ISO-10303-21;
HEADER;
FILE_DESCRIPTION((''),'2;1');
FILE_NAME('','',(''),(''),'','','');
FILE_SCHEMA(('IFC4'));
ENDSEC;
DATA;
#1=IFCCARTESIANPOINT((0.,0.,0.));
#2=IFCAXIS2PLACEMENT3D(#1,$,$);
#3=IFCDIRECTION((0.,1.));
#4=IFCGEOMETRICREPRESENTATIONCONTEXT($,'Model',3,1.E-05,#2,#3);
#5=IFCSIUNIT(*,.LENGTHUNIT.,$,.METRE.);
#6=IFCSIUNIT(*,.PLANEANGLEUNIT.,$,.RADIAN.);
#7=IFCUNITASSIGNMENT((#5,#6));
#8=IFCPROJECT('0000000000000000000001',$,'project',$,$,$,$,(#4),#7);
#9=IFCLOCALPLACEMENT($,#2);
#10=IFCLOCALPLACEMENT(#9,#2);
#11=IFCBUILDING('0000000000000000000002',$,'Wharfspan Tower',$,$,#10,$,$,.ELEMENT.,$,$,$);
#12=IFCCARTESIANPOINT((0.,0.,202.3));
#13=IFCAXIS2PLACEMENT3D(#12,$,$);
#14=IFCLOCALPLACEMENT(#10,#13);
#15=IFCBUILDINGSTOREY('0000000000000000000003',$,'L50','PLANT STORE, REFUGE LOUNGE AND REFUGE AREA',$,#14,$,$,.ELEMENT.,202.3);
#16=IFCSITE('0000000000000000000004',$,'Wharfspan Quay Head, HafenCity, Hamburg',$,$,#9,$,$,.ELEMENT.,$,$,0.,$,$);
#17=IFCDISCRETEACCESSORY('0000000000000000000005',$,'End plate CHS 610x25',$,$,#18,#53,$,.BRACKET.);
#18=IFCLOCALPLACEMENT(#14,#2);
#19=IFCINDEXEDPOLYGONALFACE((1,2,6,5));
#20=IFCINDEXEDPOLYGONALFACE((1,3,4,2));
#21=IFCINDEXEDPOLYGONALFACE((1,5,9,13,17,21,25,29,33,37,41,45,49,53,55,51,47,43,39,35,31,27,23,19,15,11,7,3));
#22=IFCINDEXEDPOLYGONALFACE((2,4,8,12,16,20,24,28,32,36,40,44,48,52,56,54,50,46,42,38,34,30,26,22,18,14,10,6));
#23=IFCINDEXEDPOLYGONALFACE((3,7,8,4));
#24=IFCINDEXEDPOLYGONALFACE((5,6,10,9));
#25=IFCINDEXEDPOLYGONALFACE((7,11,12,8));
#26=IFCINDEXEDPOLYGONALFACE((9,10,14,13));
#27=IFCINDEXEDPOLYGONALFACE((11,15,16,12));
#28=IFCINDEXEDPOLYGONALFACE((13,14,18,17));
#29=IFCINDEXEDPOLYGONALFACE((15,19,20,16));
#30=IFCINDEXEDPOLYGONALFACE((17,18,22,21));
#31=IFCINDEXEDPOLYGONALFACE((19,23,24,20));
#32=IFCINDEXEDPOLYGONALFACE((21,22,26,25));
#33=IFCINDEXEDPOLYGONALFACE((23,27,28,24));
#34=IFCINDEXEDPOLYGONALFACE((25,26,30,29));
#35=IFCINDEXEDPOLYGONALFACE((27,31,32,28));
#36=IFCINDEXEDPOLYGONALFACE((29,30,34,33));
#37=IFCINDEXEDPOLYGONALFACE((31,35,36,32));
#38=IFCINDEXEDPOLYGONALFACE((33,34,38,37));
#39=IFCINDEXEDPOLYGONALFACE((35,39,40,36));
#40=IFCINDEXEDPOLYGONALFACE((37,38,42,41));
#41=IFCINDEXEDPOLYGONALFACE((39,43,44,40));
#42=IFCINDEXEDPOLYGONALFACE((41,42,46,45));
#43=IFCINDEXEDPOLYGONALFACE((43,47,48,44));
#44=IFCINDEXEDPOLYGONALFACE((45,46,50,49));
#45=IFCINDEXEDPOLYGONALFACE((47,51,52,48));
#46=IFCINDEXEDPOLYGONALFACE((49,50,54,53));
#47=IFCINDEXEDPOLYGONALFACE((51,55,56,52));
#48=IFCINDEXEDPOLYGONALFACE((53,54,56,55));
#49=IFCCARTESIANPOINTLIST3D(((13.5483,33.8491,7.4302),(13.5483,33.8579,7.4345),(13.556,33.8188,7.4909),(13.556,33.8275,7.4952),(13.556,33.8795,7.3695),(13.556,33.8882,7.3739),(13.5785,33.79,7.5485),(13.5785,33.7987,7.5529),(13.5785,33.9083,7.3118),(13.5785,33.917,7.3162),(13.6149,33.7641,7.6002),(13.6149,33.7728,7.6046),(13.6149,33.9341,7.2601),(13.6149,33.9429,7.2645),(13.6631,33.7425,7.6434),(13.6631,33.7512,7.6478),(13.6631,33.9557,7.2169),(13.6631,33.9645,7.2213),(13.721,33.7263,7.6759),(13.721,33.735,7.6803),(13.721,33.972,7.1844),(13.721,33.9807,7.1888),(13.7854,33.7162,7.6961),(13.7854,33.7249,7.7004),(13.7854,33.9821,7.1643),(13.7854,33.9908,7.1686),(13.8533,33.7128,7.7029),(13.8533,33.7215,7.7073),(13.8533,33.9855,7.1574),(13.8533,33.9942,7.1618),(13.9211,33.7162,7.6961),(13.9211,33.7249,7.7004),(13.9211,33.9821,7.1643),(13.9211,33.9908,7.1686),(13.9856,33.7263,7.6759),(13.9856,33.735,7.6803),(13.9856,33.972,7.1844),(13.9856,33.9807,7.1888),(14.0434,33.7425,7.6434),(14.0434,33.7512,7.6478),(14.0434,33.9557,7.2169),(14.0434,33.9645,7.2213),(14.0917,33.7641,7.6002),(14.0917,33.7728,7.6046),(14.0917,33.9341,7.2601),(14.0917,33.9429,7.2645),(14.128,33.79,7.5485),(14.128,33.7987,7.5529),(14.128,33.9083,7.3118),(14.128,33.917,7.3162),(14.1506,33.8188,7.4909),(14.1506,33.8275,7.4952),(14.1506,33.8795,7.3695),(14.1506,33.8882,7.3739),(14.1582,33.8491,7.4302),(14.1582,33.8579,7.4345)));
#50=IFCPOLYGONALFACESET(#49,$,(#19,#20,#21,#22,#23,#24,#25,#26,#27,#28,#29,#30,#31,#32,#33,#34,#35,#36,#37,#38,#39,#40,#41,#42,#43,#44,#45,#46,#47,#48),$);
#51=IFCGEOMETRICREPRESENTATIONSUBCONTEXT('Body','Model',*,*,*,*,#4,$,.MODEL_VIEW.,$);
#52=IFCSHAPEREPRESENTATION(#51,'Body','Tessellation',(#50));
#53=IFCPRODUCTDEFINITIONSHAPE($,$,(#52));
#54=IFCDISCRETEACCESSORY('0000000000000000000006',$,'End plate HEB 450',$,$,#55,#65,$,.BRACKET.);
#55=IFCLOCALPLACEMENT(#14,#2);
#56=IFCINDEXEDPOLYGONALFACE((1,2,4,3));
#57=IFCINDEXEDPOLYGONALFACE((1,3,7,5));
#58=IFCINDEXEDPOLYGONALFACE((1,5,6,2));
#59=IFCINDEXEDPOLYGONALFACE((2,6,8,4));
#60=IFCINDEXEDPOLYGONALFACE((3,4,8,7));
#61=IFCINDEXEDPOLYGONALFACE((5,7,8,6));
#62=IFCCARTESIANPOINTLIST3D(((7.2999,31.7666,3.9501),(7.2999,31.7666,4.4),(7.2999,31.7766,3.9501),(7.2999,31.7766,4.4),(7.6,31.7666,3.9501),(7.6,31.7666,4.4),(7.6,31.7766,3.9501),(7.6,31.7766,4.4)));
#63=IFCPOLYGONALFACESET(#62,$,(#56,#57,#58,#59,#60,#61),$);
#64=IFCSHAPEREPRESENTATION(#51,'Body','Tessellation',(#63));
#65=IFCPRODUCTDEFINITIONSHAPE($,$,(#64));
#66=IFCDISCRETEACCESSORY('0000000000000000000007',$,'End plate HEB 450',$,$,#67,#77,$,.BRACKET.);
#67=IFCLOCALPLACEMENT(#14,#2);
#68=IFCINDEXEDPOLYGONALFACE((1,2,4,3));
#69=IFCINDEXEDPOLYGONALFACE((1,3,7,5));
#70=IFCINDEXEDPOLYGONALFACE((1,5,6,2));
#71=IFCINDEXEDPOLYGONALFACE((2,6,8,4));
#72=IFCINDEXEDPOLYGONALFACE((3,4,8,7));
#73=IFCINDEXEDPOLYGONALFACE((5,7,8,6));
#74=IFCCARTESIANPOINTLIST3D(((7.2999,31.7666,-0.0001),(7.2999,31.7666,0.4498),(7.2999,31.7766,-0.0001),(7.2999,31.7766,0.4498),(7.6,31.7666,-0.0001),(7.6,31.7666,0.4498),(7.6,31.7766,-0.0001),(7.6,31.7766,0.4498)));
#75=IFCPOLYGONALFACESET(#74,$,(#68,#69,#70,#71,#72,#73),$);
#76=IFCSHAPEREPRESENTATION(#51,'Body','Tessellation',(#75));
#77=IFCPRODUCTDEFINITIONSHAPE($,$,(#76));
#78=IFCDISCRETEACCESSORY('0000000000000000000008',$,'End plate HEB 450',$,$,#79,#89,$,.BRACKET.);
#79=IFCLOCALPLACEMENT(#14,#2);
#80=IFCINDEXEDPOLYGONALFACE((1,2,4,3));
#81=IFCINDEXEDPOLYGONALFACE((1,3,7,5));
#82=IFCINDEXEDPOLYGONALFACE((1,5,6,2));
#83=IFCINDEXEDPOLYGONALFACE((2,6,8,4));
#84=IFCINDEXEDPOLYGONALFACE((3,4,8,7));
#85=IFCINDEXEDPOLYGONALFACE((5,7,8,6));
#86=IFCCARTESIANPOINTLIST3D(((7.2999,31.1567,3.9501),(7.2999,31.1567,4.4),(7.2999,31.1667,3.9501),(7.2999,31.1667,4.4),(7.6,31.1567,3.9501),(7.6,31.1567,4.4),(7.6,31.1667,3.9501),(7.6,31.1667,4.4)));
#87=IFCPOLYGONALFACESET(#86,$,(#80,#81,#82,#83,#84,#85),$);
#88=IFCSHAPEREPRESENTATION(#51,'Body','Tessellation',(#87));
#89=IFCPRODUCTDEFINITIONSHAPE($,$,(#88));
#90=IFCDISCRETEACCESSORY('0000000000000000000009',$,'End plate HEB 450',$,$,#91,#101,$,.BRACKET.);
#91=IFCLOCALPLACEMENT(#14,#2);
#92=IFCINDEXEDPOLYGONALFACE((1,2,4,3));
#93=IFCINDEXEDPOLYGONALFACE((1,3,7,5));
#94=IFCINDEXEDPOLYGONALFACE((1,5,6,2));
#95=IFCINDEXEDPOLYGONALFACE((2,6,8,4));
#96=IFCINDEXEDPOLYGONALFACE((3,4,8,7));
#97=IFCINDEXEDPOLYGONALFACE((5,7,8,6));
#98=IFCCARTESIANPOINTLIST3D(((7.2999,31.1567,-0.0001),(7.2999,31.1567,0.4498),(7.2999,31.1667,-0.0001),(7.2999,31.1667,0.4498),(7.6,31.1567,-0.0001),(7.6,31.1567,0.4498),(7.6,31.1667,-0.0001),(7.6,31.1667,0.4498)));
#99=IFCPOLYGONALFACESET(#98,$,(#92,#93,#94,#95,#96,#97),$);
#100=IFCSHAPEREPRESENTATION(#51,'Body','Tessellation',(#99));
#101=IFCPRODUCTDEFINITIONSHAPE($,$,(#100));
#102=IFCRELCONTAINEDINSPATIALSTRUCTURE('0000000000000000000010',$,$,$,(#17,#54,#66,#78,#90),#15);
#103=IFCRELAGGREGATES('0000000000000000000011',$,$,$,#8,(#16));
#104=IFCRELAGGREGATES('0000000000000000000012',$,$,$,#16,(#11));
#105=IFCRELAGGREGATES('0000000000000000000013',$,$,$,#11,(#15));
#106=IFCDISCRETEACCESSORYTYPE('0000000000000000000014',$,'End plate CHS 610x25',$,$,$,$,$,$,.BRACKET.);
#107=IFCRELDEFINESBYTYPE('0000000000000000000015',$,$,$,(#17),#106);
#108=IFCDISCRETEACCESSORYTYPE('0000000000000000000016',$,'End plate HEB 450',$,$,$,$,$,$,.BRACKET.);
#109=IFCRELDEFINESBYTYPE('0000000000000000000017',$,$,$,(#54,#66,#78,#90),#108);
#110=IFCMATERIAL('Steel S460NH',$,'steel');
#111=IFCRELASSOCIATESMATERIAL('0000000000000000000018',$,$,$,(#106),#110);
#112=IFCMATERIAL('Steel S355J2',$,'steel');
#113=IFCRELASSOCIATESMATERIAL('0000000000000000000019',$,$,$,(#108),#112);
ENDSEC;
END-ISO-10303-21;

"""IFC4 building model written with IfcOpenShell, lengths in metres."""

from ifc_helpers import new_model, si_unit, direction, frame, origin, origin_2d, place, context, subcontext, project, spatial, rectangle, circle, extrude, material, material_profile, profile_set, type_object, element, save


model = new_model("IFC4")

# Units and contexts
model_context = context("Model", 3, precision=1e-05, world=origin(), true_north=direction((0.0, 1.0)))
body_context = subcontext(model_context, "Body", "Model", "MODEL_VIEW")
ifc_project = project(units=[si_unit("LENGTHUNIT", "METRE"), si_unit("PLANEANGLEUNIT", "RADIAN")], contexts=[model_context])

# Site, building, storey
site_placement = place(None, origin())
site = spatial("IfcSite", under=ifc_project, at=site_placement, Name="Wharfspan Quay Head, HafenCity, Hamburg", CompositionType="ELEMENT", RefElevation=0.0)
building_placement = place(site_placement, origin())
building = spatial("IfcBuilding", under=site, at=building_placement, Name="Wharfspan Tower", CompositionType="ELEMENT")
storey_placement = place(building_placement, frame((0.0, 0.0, 202.3)))
storey = spatial("IfcBuildingStorey", under=building, at=storey_placement, Name="L50", Description="PLANT STORE, REFUGE LOUNGE AND REFUGE AREA", CompositionType="ELEMENT", Elevation=202.3)

# Shared definitions
ifc_material_1 = material(Name="Steel S355J2", Category="steel")

# Shared definitions
ifc_material_2 = material(Name="Steel S460NH", Category="steel")

# Discrete accessories
ifc_material_profile_1 = material_profile(ifc_material_2, circle(Radius=0.3049, at=origin_2d()))
ifc_profile_set_1 = profile_set([ifc_material_profile_1], Name="Steel S460NH")
discrete_accessory_type_1 = type_object("IfcDiscreteAccessoryType", Name="End plate CHS 610x25", PredefinedType="BRACKET", material=ifc_profile_set_1)
discrete_accessory_1_placement = place(storey_placement, frame((13.8533, 33.8491, 7.4302), z_axis=(0.0, 0.894427, 0.447214), x_axis=(-1.0, 0.0, 0.0)))
element("IfcDiscreteAccessory", 1, at=discrete_accessory_1_placement, inside=storey, type_object=discrete_accessory_type_1, Name="End plate CHS 610x25", PredefinedType="BRACKET", context=body_context, shape_type="SweptSolid", body=[
    extrude(circle(Radius=0.3049, at=origin_2d()), origin(), (0.0, 0.0, 1.0), 0.0098),
])
ifc_material_profile_2 = material_profile(ifc_material_1, rectangle(XDim=0.3, YDim=0.45, at=origin_2d()))
ifc_profile_set_2 = profile_set([ifc_material_profile_2], Name="Steel S355J2")
discrete_accessory_type_2 = type_object("IfcDiscreteAccessoryType", Name="End plate HEB 450", PredefinedType="BRACKET", material=ifc_profile_set_2)
for number, where, z_axis, x_axis, name in (
    (2, (7.45, 31.7766, 4.175), (0.0, -1.0, 0.0), (1.0, 0.0, 0.0), "End plate HEB 450"),
    (3, (7.45, 31.7766, 0.2249), (0.0, -1.0, 0.0), (1.0, 0.0, 0.0), "End plate HEB 450"),
    (4, (7.45, 31.1667, 4.175), (0.0, -1.0, 0.0), (1.0, 0.0, 0.0), "End plate HEB 450"),
    (5, (7.45, 31.1667, 0.2249), (0.0, -1.0, 0.0), (1.0, 0.0, 0.0), "End plate HEB 450"),
):
    element("IfcDiscreteAccessory", number, at=place(storey_placement, frame(where, z_axis=z_axis, x_axis=x_axis)), inside=storey, type_object=discrete_accessory_type_2, Name=name, PredefinedType="BRACKET", context=body_context, shape_type="SweptSolid", body=[
        extrude(rectangle(XDim=0.3, YDim=0.45, at=origin_2d()), origin(), (0.0, 0.0, 1.0), 0.01),
    ])

save(model, "model.ifc")
